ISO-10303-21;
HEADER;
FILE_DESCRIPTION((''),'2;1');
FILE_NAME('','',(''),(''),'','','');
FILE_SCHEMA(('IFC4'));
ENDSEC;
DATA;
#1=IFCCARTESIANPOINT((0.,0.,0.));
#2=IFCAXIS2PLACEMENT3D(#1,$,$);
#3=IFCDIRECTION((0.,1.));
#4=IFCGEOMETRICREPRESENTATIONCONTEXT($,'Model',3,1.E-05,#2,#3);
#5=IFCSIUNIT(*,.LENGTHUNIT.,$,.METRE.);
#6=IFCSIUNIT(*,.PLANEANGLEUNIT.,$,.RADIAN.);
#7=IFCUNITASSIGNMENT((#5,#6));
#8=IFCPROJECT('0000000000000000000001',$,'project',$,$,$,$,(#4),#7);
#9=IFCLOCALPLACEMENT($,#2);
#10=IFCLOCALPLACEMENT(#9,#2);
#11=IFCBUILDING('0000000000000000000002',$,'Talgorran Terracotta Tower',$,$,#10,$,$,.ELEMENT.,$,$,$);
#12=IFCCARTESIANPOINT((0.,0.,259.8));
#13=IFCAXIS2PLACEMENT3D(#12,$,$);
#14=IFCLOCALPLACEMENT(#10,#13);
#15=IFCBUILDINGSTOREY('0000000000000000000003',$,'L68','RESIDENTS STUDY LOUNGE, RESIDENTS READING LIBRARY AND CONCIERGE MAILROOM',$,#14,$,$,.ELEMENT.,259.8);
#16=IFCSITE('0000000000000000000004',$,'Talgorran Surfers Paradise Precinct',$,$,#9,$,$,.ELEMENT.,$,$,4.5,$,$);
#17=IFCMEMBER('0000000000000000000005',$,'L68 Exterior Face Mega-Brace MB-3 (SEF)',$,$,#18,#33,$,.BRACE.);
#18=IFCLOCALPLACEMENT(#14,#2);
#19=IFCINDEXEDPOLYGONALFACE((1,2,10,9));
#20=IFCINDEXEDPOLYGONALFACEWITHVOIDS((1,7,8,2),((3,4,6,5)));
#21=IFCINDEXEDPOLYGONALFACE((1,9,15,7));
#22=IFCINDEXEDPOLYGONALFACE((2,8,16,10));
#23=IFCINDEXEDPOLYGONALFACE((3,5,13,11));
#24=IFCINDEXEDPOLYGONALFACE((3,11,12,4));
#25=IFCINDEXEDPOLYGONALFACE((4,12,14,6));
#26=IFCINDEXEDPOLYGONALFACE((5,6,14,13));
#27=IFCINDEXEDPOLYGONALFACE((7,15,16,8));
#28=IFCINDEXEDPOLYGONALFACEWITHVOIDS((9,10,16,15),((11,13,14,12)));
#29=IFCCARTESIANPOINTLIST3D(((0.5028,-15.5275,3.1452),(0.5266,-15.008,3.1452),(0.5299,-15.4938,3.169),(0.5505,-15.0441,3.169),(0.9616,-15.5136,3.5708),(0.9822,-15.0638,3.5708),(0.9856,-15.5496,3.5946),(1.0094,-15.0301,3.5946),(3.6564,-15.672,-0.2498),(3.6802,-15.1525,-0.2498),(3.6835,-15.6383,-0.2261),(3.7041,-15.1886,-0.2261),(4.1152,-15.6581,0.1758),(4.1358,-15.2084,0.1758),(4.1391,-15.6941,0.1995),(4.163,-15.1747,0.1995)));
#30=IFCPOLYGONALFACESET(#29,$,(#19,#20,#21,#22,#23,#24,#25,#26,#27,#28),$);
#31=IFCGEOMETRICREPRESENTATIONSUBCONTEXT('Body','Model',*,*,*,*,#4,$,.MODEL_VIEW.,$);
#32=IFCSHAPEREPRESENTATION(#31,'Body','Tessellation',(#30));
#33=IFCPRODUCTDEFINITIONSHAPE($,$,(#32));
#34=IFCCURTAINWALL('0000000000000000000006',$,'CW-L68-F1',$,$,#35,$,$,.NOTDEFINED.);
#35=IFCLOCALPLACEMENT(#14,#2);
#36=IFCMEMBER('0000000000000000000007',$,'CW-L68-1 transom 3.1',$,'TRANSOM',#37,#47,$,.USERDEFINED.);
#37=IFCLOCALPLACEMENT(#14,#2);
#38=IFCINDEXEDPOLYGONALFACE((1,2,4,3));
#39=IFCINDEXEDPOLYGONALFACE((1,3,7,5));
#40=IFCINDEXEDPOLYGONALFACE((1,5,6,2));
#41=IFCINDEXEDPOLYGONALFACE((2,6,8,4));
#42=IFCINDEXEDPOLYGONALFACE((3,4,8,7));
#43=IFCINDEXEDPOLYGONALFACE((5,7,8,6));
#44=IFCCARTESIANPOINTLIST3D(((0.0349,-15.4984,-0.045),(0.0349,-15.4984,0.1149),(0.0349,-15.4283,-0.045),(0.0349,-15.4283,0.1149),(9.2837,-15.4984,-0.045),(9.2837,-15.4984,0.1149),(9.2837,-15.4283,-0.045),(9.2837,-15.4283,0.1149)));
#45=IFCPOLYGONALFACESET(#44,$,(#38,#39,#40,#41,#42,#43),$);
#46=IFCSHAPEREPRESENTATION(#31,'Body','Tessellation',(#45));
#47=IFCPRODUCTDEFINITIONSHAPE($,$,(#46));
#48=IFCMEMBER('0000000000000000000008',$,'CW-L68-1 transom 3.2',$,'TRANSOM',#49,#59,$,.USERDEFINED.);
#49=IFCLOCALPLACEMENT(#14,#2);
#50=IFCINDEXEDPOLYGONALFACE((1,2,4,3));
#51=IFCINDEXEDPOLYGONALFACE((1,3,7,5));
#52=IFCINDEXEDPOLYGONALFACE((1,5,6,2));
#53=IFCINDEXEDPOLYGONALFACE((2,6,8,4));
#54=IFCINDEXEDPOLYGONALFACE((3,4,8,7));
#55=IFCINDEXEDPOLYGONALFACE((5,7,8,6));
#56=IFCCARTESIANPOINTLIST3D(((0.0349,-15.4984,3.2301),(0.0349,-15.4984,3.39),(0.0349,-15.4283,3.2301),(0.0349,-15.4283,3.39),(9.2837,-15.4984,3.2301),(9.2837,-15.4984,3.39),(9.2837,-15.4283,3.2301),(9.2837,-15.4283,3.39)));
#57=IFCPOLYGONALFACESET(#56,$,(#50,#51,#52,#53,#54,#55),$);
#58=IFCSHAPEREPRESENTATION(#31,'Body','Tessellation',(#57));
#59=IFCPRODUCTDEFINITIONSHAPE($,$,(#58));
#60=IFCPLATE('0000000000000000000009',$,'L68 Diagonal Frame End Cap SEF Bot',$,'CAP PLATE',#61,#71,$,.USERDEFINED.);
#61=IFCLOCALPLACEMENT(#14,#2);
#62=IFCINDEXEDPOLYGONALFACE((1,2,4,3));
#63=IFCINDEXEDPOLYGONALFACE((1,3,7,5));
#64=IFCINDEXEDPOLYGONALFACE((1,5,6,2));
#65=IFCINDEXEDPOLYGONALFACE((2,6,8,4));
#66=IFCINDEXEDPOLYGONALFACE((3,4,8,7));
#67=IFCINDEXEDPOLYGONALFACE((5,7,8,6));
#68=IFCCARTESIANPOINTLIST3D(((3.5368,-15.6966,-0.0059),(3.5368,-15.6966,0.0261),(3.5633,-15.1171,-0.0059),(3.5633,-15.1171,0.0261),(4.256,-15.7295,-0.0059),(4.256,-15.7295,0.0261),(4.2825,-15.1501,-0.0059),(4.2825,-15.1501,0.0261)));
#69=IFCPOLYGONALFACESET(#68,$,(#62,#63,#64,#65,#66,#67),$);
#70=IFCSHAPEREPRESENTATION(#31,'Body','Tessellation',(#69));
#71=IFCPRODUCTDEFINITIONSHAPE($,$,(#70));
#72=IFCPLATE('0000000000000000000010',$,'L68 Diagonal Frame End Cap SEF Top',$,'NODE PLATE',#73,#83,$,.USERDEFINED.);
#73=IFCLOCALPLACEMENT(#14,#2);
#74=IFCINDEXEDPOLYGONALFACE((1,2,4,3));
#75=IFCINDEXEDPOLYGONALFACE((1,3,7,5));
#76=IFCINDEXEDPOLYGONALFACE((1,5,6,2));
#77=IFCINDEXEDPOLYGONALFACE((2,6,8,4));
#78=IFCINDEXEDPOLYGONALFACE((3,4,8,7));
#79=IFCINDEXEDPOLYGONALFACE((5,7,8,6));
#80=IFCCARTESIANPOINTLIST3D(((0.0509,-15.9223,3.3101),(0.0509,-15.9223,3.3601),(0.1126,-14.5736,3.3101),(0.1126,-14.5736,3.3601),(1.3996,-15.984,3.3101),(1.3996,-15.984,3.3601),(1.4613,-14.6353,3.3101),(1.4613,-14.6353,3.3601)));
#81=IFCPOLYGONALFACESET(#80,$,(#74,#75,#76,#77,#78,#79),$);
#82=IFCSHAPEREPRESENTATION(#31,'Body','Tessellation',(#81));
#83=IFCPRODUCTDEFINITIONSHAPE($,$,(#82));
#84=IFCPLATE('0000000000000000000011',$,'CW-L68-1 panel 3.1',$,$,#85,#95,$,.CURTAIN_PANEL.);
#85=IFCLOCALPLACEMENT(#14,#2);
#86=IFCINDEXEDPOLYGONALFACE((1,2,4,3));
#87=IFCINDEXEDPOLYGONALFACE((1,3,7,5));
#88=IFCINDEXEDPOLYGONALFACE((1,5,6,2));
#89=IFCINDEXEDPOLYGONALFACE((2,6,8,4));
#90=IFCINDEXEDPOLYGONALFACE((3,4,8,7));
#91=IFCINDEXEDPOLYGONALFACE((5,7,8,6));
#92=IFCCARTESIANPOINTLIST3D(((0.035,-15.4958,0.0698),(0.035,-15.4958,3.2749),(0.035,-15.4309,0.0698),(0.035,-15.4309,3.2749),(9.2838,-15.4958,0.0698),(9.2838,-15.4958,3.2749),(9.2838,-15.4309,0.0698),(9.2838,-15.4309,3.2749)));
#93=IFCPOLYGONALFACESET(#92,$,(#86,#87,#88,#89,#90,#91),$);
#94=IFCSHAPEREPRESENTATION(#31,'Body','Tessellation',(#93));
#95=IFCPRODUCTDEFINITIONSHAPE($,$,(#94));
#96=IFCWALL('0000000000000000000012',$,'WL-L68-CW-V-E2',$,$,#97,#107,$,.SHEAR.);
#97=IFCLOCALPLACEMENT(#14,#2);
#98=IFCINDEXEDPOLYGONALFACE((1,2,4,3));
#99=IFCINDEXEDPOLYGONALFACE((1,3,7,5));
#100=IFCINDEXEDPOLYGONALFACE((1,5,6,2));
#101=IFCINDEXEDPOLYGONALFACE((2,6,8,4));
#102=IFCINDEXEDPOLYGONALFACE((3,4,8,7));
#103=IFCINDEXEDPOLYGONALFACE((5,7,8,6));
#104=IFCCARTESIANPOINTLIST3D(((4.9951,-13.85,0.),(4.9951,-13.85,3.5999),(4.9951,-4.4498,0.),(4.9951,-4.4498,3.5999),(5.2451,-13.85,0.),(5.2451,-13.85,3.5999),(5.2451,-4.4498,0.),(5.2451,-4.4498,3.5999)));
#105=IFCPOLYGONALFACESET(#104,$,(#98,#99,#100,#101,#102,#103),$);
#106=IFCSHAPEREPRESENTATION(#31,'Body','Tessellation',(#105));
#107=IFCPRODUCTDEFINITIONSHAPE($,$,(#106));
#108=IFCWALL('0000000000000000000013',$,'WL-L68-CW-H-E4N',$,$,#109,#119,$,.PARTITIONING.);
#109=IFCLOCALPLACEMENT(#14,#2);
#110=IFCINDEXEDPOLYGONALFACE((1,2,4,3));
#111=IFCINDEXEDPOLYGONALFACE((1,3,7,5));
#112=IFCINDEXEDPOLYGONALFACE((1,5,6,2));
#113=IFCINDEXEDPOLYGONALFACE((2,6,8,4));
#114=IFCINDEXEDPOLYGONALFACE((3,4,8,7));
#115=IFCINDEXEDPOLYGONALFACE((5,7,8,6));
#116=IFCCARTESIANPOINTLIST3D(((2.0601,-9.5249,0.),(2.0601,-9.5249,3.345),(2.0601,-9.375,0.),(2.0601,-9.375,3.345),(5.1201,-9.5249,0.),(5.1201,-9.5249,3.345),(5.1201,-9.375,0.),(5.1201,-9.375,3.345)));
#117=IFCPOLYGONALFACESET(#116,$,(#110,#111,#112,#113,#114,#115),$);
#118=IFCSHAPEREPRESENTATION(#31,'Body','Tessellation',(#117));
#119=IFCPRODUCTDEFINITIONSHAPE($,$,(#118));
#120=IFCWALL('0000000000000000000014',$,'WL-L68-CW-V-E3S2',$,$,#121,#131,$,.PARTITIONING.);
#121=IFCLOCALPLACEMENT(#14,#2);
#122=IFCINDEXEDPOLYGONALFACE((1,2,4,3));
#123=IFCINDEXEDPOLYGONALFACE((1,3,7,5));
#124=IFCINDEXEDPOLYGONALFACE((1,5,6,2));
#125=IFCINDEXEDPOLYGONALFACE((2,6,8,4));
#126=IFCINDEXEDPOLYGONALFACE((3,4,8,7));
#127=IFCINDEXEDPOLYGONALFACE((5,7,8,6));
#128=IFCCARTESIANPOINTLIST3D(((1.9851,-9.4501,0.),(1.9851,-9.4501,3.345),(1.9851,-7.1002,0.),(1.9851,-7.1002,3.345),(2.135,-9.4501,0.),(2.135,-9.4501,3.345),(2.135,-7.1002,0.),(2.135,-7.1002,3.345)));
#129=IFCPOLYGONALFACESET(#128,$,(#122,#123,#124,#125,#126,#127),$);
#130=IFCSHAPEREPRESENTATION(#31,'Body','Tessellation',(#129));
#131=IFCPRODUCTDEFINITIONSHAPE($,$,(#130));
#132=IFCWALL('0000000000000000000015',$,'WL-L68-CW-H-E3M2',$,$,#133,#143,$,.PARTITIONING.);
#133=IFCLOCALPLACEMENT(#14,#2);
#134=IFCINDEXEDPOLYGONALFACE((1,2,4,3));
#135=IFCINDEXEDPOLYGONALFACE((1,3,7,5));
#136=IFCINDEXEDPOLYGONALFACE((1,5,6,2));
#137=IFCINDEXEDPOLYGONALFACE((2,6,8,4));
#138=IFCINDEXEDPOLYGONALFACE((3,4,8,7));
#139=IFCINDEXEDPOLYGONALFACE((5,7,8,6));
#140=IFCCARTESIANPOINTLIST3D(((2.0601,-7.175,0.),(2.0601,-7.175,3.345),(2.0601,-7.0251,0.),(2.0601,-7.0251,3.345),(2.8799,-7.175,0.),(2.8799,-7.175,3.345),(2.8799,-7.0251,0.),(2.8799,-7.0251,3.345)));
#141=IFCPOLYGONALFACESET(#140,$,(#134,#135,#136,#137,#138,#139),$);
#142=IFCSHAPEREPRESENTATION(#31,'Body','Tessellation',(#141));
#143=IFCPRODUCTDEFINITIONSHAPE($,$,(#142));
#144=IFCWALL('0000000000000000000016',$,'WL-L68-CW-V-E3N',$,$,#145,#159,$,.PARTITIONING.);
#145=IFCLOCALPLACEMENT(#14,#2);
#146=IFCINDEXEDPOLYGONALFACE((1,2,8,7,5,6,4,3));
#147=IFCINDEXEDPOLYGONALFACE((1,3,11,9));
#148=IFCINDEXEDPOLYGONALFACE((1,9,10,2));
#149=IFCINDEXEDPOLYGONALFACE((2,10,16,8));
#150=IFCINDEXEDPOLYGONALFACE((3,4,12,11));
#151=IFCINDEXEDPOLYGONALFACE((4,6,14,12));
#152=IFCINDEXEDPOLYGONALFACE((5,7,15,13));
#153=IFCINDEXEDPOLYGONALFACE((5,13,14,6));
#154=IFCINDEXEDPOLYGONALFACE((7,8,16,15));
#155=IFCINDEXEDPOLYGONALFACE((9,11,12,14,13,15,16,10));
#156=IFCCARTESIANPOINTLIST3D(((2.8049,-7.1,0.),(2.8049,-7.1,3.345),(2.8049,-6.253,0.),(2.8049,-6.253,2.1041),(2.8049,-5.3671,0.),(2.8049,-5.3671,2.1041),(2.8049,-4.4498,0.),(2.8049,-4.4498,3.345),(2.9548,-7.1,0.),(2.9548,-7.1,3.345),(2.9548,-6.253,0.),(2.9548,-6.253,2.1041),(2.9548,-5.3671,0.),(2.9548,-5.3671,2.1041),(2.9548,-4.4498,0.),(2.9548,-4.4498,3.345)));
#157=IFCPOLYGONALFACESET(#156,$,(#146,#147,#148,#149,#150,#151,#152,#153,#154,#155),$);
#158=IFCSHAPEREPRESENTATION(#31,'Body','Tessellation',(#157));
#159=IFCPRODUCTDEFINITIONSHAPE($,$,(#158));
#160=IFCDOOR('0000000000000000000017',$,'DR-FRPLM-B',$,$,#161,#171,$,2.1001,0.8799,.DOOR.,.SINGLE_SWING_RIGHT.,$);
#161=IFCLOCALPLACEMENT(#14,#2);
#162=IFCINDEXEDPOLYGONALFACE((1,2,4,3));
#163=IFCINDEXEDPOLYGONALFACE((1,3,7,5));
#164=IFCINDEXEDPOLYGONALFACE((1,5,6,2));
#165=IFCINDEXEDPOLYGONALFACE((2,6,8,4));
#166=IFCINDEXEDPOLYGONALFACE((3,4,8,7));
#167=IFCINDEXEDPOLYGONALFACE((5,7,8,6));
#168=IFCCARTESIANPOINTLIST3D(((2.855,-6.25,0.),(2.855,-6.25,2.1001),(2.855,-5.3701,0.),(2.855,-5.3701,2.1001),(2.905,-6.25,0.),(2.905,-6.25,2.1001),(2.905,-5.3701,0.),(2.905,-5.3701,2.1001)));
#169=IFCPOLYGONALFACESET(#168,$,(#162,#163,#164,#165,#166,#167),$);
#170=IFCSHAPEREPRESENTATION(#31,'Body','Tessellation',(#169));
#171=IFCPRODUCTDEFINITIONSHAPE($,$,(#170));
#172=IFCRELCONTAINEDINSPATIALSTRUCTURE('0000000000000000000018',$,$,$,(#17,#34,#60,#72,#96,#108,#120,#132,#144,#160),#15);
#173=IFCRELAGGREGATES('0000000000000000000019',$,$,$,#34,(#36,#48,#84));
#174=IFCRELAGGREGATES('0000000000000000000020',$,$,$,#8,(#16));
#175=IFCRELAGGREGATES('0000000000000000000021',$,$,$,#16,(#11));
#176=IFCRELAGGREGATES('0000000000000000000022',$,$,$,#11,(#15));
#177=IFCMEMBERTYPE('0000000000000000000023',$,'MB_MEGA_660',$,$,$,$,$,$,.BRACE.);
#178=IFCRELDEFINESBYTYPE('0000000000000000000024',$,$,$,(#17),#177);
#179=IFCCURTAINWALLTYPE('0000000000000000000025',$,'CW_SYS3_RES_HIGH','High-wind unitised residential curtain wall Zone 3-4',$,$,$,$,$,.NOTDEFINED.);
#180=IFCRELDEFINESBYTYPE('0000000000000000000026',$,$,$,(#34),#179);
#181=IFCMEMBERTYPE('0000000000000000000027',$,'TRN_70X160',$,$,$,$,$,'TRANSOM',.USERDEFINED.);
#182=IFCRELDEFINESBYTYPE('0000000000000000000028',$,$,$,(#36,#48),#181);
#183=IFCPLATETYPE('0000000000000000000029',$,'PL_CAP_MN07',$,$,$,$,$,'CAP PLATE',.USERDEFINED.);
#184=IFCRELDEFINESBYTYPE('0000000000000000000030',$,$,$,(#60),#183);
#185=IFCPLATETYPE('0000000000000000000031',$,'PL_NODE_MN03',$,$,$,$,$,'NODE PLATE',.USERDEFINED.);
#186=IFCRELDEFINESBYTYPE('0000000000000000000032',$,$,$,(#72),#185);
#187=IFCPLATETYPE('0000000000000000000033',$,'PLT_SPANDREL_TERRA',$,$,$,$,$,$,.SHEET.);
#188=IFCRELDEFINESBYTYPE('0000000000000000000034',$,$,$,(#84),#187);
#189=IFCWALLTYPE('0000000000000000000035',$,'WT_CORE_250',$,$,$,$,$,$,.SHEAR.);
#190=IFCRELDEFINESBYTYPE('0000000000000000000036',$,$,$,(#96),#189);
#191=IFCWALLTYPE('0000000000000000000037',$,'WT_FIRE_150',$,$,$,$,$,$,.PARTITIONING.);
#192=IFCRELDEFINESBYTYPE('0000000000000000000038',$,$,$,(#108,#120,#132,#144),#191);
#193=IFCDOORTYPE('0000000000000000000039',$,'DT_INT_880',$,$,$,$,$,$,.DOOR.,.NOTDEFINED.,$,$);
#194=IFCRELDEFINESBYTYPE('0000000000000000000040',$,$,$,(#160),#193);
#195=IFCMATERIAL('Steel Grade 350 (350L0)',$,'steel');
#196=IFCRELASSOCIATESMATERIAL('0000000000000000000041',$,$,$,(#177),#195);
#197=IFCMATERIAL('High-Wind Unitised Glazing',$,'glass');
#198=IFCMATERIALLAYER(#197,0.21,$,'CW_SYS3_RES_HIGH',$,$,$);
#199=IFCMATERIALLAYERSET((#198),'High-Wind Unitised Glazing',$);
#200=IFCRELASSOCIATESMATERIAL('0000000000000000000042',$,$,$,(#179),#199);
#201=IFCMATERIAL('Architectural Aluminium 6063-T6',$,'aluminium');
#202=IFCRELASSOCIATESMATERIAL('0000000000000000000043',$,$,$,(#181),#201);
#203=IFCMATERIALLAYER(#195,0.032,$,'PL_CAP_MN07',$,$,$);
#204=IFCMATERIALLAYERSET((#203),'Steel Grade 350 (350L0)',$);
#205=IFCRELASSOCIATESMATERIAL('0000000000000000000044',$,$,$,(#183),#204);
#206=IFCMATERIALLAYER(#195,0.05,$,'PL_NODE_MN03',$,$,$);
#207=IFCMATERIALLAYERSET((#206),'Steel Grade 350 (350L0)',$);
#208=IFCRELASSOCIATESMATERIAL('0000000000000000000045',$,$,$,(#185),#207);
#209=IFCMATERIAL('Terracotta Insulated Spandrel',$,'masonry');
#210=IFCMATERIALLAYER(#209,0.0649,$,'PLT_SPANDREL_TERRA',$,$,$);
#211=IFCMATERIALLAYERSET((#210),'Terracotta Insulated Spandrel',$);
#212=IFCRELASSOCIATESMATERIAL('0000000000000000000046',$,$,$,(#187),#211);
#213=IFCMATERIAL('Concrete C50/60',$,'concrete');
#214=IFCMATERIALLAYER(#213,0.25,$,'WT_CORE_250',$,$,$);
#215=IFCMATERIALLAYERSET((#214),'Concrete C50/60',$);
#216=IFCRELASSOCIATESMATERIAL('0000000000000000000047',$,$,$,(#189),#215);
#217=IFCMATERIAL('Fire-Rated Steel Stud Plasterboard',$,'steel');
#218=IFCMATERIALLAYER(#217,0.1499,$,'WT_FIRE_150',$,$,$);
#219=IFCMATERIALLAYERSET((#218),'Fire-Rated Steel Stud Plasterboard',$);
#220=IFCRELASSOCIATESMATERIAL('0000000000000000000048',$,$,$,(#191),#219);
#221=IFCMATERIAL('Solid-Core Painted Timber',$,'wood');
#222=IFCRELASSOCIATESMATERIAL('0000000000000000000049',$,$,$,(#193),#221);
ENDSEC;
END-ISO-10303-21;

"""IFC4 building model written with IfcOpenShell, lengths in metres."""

from ifc_helpers import new_model, si_unit, direction, frame, frame_2d, origin, origin_2d, place, context, subcontext, project, spatial, rectangle, hollow_rectangle, extrude, source, transform, mapped, material, layer, layer_set, material_profile, profile_set, type_object, type_shapes, element, fill, aggregate, save


model = new_model("IFC4")

# Units and contexts
model_context = context("Model", 3, precision=1e-05, world=origin(), true_north=direction((0.0, 1.0)))
body_context = subcontext(model_context, "Body", "Model", "MODEL_VIEW")
ifc_project = project(units=[si_unit("LENGTHUNIT", "METRE"), si_unit("PLANEANGLEUNIT", "RADIAN")], contexts=[model_context])

# Site, building, storey
site_placement = place(None, origin())
site = spatial("IfcSite", under=ifc_project, at=site_placement, Name="Talgorran Surfers Paradise Precinct", CompositionType="ELEMENT", RefElevation=4.5)
building_placement = place(site_placement, origin())
building = spatial("IfcBuilding", under=site, at=building_placement, Name="Talgorran Terracotta Tower", CompositionType="ELEMENT")
storey_placement = place(building_placement, frame((0.0, 0.0, 259.8)))
storey = spatial("IfcBuildingStorey", under=building, at=storey_placement, Name="L68", Description="RESIDENTS STUDY LOUNGE, RESIDENTS READING LIBRARY AND CONCIERGE MAILROOM", CompositionType="ELEMENT", Elevation=259.8)

# Member
ifc_material_1 = material(Name="Steel Grade 350 (350L0)", Category="steel")
ifc_material_profile_1 = material_profile(ifc_material_1, hollow_rectangle(XDim=0.52, YDim=0.6599, WallThickness=0.0349, at=origin_2d()), Name="WBOX660X520X35")
ifc_profile_set_1 = profile_set([ifc_material_profile_1], Name="Steel Grade 350 (350L0)")
member_type_1 = type_object("IfcMemberType", Name="MB_MEGA_660", PredefinedType="BRACE", material=ifc_profile_set_1)
member_1_placement = place(storey_placement, frame((3.9097, -15.4233, -0.0251), z_axis=(-0.680242, 0.031176, 0.732325), x_axis=(-0.045783, -0.998951, 0.0)))
element("IfcMember", 1, at=member_1_placement, inside=storey, type_object=member_type_1, Name="L68 Exterior Face Mega-Brace MB-3 (SEF)", PredefinedType="BRACE", context=body_context, shape_type="SweptSolid", body=[
    extrude(hollow_rectangle(XDim=0.52, YDim=0.6599, WallThickness=0.0349, at=origin_2d()), origin(), (0.0, 0.0, 1.0), 4.636),
])

# Curtain wall, members
ifc_material_2 = material(Name="High-Wind Unitised Glazing", Category="glass")
ifc_layer_1 = layer(ifc_material_2, 0.21, Name="CW_SYS3_RES_HIGH")
ifc_layer_set_1 = layer_set([ifc_layer_1], Name="High-Wind Unitised Glazing")
curtain_wall_type = type_object("IfcCurtainWallType", Name="CW_SYS3_RES_HIGH", Description="High-wind unitised residential curtain wall Zone 3-4", PredefinedType="NOTDEFINED", material=ifc_layer_set_1)
curtain_wall_placement = place(storey_placement, origin())
curtain_wall = element("IfcCurtainWall", 2, at=curtain_wall_placement, inside=storey, type_object=curtain_wall_type, Name="CW-L68-F1", PredefinedType="NOTDEFINED")
ifc_material_3 = material(Name="Architectural Aluminium 6063-T6", Category="aluminium")
ifc_material_profile_2 = material_profile(ifc_material_3, rectangle(XDim=0.0701, YDim=0.1599, at=origin_2d()), Name="CWT70X160")
ifc_profile_set_2 = profile_set([ifc_material_profile_2], Name="Architectural Aluminium 6063-T6")
member_type_2 = type_object("IfcMemberType", Name="TRN_70X160", ElementType="TRANSOM", PredefinedType="USERDEFINED", material=ifc_profile_set_2)
member_2_placement = place(storey_placement, frame((0.0349, -15.4634, 0.0349), z_axis=(1.0, 0.0, 0.0), x_axis=(0.0, 1.0, 0.0)))
member_2 = element("IfcMember", 3, at=member_2_placement, type_object=member_type_2, Name="CW-L68-1 transom 3.1", ObjectType="TRANSOM", PredefinedType="USERDEFINED", context=body_context, shape_type="SweptSolid", body=[
    extrude(rectangle(XDim=0.0701, YDim=0.1599, at=origin_2d()), origin(), (0.0, 0.0, 1.0), 9.2488),
])
member_3_placement = place(storey_placement, frame((0.0349, -15.4634, 3.3101), z_axis=(1.0, 0.0, 0.0), x_axis=(0.0, 1.0, 0.0)))
member_3 = element("IfcMember", 4, at=member_3_placement, type_object=member_type_2, Name="CW-L68-1 transom 3.2", ObjectType="TRANSOM", PredefinedType="USERDEFINED", context=body_context, shape_type="SweptSolid", body=[
    extrude(rectangle(XDim=0.0701, YDim=0.1599, at=origin_2d()), origin(), (0.0, 0.0, 1.0), 9.2488),
])

# Plates
ifc_layer_2 = layer(ifc_material_1, 0.032, Name="PL_CAP_MN07")
ifc_layer_set_2 = layer_set([ifc_layer_2], Name="Steel Grade 350 (350L0)")
plate_type_1 = type_object("IfcPlateType", Name="PL_CAP_MN07", ElementType="CAP PLATE", PredefinedType="USERDEFINED", material=ifc_layer_set_2)
plate_1_placement = place(storey_placement, frame((3.9097, -15.4233, -0.0059), z_axis=(0.0, 0.0, 1.0), x_axis=(-0.998955, 0.045712, 0.0)))
element("IfcPlate", 5, at=plate_1_placement, inside=storey, type_object=plate_type_1, Name="L68 Diagonal Frame End Cap SEF Bot", ObjectType="CAP PLATE", PredefinedType="USERDEFINED", context=body_context, shape_type="SweptSolid", body=[
    extrude(rectangle(XDim=0.72, YDim=0.5801, at=origin_2d()), origin(), (0.0, 0.0, 1.0), 0.032),
])
ifc_layer_3 = layer(ifc_material_1, 0.05, Name="PL_NODE_MN03")
ifc_layer_set_3 = layer_set([ifc_layer_3], Name="Steel Grade 350 (350L0)")
plate_type_2 = type_object("IfcPlateType", Name="PL_NODE_MN03", ElementType="NODE PLATE", PredefinedType="USERDEFINED", material=ifc_layer_set_3)
plate_2_placement = place(storey_placement, frame((0.7561, -15.2788, 3.3101), z_axis=(0.0, 0.0, 1.0), x_axis=(-0.998955, 0.045712, 0.0)))
element("IfcPlate", 6, at=plate_2_placement, inside=storey, type_object=plate_type_2, Name="L68 Diagonal Frame End Cap SEF Top", ObjectType="NODE PLATE", PredefinedType="USERDEFINED", context=body_context, shape_type="SweptSolid", body=[
    extrude(rectangle(XDim=1.3501, YDim=1.3501, at=origin_2d()), origin(), (0.0, 0.0, 1.0), 0.05),
])

# Plate
ifc_material_4 = material(Name="Terracotta Insulated Spandrel", Category="masonry")
ifc_layer_4 = layer(ifc_material_4, 0.0649, Name="PLT_SPANDREL_TERRA")
ifc_layer_set_4 = layer_set([ifc_layer_4], Name="Terracotta Insulated Spandrel")
plate_type_3 = type_object("IfcPlateType", Name="PLT_SPANDREL_TERRA", PredefinedType="SHEET", material=ifc_layer_set_4)
shared_shape = source(origin(), body_context, "Body", "SweptSolid", [
    extrude(rectangle(XDim=9.2488, YDim=0.0649, at=origin_2d()), origin(), (0.0, 0.0, 1.0), 3.2051),
])
type_shapes(plate_type_3, [shared_shape])
plate_3_placement = place(storey_placement, frame((4.6594, -15.4634, 0.0698), z_axis=(0.0, 0.0, 1.0), x_axis=(1.0, 0.0, 0.0)))
plate_3 = element("IfcPlate", 7, at=plate_3_placement, type_object=plate_type_3, Name="CW-L68-1 panel 3.1", PredefinedType="CURTAIN_PANEL", context=body_context, shape_type="MappedRepresentation", body=[
    mapped(shared_shape, transform((0.0, 0.0, 0.0), scale=1.0)),
])
aggregate(curtain_wall, [member_2, member_3, plate_3])

# Walls
ifc_material_5 = material(Name="Concrete C50/60", Category="concrete")
ifc_layer_5 = layer(ifc_material_5, 0.25, Name="WT_CORE_250")
ifc_layer_set_5 = layer_set([ifc_layer_5], Name="Concrete C50/60")
wall_type_1 = type_object("IfcWallType", Name="WT_CORE_250", PredefinedType="SHEAR", material=ifc_layer_set_5)
wall_1_placement = place(storey_placement, frame((5.1201, -13.8501, 0.0), z_axis=(0.0, 0.0, 1.0), x_axis=(0.0, 1.0, 0.0)))
element("IfcWall", 8, at=wall_1_placement, inside=storey, type_object=wall_type_1, Name="WL-L68-CW-V-E2", PredefinedType="SHEAR", context=body_context, shape_type="SweptSolid", body=[
    extrude(rectangle(XDim=9.4001, YDim=0.25, at=frame_2d((4.7002, 0.0))), origin(), (0.0, 0.0, 1.0), 3.5999),
])
ifc_material_6 = material(Name="Fire-Rated Steel Stud Plasterboard", Category="steel")
ifc_layer_6 = layer(ifc_material_6, 0.1499, Name="WT_FIRE_150")
ifc_layer_set_6 = layer_set([ifc_layer_6], Name="Fire-Rated Steel Stud Plasterboard")
wall_type_2 = type_object("IfcWallType", Name="WT_FIRE_150", PredefinedType="PARTITIONING", material=ifc_layer_set_6)
wall_2_placement = place(storey_placement, frame((2.0601, -9.45, 0.0), z_axis=(0.0, 0.0, 1.0), x_axis=(1.0, 0.0, 0.0)))
element("IfcWall", 9, at=wall_2_placement, inside=storey, type_object=wall_type_2, Name="WL-L68-CW-H-E4N", PredefinedType="PARTITIONING", context=body_context, shape_type="SweptSolid", body=[
    extrude(rectangle(XDim=3.0601, YDim=0.1499, at=frame_2d((1.53, 0.0))), origin(), (0.0, 0.0, 1.0), 3.345),
])
wall_3_placement = place(storey_placement, frame((2.0601, -9.45, 0.0), z_axis=(0.0, 0.0, 1.0), x_axis=(0.0, 1.0, 0.0)))
element("IfcWall", 10, at=wall_3_placement, inside=storey, type_object=wall_type_2, Name="WL-L68-CW-V-E3S2", PredefinedType="PARTITIONING", context=body_context, shape_type="SweptSolid", body=[
    extrude(rectangle(XDim=2.3499, YDim=0.1499, at=frame_2d((1.1748, 0.0))), origin(), (0.0, 0.0, 1.0), 3.345),
])
wall_4_placement = place(storey_placement, frame((2.0601, -7.1001, 0.0), z_axis=(0.0, 0.0, 1.0), x_axis=(1.0, 0.0, 0.0)))
element("IfcWall", 11, at=wall_4_placement, inside=storey, type_object=wall_type_2, Name="WL-L68-CW-H-E3M2", PredefinedType="PARTITIONING", context=body_context, shape_type="SweptSolid", body=[
    extrude(rectangle(XDim=0.8198, YDim=0.1499, at=frame_2d((0.4099, 0.0))), origin(), (0.0, 0.0, 1.0), 3.345),
])

# Wall, opening, door
wall_5_placement = place(storey_placement, frame((2.8799, -7.1001, 0.0), z_axis=(0.0, 0.0, 1.0), x_axis=(0.0, 1.0, 0.0)))
wall_5 = element("IfcWall", 12, at=wall_5_placement, inside=storey, type_object=wall_type_2, Name="WL-L68-CW-V-E3N", PredefinedType="PARTITIONING", context=body_context, shape_type="SweptSolid", body=[
    extrude(rectangle(XDim=2.6501, YDim=0.1499, at=frame_2d((1.3252, 0.0))), origin(), (0.0, 0.0, 1.0), 3.345),
])
opening_placement = place(wall_5_placement, frame((0.8501, 0.0, 0.0)))
opening = element("IfcOpeningElement", 13, at=opening_placement, cuts=wall_5, PredefinedType="OPENING", context=body_context, shape_type="SweptSolid", body=[
    extrude(rectangle(XDim=0.8859, YDim=2.1041, at=frame_2d((0.4399, 1.052))), frame((0.0, 0.085, 0.0), z_axis=(0.0, -1.0, 0.0), x_axis=(1.0, 0.0, 0.0)), (0.0, 0.0, 1.0), 0.1699),
])
ifc_material_7 = material(Name="Solid-Core Painted Timber", Category="wood")
door_type = type_object("IfcDoorType", Name="DT_INT_880", OperationType="NOTDEFINED", PredefinedType="DOOR", material=ifc_material_7)
door_placement = place(opening_placement, origin())
door = element("IfcDoor", 14, at=door_placement, inside=storey, type_object=door_type, Name="DR-FRPLM-B", OperationType="SINGLE_SWING_RIGHT", OverallHeight=2.1001, OverallWidth=0.8799, PredefinedType="DOOR", context=body_context, shape_type="SweptSolid", body=[
    extrude(rectangle(XDim=0.8799, YDim=2.1001, at=frame_2d((0.4399, 1.05))), frame((0.0, 0.0249, 0.0), z_axis=(0.0, -1.0, 0.0), x_axis=(1.0, 0.0, 0.0)), (0.0, 0.0, 1.0), 0.05),
])
fill(opening, door)

save(model, "model.ifc")
